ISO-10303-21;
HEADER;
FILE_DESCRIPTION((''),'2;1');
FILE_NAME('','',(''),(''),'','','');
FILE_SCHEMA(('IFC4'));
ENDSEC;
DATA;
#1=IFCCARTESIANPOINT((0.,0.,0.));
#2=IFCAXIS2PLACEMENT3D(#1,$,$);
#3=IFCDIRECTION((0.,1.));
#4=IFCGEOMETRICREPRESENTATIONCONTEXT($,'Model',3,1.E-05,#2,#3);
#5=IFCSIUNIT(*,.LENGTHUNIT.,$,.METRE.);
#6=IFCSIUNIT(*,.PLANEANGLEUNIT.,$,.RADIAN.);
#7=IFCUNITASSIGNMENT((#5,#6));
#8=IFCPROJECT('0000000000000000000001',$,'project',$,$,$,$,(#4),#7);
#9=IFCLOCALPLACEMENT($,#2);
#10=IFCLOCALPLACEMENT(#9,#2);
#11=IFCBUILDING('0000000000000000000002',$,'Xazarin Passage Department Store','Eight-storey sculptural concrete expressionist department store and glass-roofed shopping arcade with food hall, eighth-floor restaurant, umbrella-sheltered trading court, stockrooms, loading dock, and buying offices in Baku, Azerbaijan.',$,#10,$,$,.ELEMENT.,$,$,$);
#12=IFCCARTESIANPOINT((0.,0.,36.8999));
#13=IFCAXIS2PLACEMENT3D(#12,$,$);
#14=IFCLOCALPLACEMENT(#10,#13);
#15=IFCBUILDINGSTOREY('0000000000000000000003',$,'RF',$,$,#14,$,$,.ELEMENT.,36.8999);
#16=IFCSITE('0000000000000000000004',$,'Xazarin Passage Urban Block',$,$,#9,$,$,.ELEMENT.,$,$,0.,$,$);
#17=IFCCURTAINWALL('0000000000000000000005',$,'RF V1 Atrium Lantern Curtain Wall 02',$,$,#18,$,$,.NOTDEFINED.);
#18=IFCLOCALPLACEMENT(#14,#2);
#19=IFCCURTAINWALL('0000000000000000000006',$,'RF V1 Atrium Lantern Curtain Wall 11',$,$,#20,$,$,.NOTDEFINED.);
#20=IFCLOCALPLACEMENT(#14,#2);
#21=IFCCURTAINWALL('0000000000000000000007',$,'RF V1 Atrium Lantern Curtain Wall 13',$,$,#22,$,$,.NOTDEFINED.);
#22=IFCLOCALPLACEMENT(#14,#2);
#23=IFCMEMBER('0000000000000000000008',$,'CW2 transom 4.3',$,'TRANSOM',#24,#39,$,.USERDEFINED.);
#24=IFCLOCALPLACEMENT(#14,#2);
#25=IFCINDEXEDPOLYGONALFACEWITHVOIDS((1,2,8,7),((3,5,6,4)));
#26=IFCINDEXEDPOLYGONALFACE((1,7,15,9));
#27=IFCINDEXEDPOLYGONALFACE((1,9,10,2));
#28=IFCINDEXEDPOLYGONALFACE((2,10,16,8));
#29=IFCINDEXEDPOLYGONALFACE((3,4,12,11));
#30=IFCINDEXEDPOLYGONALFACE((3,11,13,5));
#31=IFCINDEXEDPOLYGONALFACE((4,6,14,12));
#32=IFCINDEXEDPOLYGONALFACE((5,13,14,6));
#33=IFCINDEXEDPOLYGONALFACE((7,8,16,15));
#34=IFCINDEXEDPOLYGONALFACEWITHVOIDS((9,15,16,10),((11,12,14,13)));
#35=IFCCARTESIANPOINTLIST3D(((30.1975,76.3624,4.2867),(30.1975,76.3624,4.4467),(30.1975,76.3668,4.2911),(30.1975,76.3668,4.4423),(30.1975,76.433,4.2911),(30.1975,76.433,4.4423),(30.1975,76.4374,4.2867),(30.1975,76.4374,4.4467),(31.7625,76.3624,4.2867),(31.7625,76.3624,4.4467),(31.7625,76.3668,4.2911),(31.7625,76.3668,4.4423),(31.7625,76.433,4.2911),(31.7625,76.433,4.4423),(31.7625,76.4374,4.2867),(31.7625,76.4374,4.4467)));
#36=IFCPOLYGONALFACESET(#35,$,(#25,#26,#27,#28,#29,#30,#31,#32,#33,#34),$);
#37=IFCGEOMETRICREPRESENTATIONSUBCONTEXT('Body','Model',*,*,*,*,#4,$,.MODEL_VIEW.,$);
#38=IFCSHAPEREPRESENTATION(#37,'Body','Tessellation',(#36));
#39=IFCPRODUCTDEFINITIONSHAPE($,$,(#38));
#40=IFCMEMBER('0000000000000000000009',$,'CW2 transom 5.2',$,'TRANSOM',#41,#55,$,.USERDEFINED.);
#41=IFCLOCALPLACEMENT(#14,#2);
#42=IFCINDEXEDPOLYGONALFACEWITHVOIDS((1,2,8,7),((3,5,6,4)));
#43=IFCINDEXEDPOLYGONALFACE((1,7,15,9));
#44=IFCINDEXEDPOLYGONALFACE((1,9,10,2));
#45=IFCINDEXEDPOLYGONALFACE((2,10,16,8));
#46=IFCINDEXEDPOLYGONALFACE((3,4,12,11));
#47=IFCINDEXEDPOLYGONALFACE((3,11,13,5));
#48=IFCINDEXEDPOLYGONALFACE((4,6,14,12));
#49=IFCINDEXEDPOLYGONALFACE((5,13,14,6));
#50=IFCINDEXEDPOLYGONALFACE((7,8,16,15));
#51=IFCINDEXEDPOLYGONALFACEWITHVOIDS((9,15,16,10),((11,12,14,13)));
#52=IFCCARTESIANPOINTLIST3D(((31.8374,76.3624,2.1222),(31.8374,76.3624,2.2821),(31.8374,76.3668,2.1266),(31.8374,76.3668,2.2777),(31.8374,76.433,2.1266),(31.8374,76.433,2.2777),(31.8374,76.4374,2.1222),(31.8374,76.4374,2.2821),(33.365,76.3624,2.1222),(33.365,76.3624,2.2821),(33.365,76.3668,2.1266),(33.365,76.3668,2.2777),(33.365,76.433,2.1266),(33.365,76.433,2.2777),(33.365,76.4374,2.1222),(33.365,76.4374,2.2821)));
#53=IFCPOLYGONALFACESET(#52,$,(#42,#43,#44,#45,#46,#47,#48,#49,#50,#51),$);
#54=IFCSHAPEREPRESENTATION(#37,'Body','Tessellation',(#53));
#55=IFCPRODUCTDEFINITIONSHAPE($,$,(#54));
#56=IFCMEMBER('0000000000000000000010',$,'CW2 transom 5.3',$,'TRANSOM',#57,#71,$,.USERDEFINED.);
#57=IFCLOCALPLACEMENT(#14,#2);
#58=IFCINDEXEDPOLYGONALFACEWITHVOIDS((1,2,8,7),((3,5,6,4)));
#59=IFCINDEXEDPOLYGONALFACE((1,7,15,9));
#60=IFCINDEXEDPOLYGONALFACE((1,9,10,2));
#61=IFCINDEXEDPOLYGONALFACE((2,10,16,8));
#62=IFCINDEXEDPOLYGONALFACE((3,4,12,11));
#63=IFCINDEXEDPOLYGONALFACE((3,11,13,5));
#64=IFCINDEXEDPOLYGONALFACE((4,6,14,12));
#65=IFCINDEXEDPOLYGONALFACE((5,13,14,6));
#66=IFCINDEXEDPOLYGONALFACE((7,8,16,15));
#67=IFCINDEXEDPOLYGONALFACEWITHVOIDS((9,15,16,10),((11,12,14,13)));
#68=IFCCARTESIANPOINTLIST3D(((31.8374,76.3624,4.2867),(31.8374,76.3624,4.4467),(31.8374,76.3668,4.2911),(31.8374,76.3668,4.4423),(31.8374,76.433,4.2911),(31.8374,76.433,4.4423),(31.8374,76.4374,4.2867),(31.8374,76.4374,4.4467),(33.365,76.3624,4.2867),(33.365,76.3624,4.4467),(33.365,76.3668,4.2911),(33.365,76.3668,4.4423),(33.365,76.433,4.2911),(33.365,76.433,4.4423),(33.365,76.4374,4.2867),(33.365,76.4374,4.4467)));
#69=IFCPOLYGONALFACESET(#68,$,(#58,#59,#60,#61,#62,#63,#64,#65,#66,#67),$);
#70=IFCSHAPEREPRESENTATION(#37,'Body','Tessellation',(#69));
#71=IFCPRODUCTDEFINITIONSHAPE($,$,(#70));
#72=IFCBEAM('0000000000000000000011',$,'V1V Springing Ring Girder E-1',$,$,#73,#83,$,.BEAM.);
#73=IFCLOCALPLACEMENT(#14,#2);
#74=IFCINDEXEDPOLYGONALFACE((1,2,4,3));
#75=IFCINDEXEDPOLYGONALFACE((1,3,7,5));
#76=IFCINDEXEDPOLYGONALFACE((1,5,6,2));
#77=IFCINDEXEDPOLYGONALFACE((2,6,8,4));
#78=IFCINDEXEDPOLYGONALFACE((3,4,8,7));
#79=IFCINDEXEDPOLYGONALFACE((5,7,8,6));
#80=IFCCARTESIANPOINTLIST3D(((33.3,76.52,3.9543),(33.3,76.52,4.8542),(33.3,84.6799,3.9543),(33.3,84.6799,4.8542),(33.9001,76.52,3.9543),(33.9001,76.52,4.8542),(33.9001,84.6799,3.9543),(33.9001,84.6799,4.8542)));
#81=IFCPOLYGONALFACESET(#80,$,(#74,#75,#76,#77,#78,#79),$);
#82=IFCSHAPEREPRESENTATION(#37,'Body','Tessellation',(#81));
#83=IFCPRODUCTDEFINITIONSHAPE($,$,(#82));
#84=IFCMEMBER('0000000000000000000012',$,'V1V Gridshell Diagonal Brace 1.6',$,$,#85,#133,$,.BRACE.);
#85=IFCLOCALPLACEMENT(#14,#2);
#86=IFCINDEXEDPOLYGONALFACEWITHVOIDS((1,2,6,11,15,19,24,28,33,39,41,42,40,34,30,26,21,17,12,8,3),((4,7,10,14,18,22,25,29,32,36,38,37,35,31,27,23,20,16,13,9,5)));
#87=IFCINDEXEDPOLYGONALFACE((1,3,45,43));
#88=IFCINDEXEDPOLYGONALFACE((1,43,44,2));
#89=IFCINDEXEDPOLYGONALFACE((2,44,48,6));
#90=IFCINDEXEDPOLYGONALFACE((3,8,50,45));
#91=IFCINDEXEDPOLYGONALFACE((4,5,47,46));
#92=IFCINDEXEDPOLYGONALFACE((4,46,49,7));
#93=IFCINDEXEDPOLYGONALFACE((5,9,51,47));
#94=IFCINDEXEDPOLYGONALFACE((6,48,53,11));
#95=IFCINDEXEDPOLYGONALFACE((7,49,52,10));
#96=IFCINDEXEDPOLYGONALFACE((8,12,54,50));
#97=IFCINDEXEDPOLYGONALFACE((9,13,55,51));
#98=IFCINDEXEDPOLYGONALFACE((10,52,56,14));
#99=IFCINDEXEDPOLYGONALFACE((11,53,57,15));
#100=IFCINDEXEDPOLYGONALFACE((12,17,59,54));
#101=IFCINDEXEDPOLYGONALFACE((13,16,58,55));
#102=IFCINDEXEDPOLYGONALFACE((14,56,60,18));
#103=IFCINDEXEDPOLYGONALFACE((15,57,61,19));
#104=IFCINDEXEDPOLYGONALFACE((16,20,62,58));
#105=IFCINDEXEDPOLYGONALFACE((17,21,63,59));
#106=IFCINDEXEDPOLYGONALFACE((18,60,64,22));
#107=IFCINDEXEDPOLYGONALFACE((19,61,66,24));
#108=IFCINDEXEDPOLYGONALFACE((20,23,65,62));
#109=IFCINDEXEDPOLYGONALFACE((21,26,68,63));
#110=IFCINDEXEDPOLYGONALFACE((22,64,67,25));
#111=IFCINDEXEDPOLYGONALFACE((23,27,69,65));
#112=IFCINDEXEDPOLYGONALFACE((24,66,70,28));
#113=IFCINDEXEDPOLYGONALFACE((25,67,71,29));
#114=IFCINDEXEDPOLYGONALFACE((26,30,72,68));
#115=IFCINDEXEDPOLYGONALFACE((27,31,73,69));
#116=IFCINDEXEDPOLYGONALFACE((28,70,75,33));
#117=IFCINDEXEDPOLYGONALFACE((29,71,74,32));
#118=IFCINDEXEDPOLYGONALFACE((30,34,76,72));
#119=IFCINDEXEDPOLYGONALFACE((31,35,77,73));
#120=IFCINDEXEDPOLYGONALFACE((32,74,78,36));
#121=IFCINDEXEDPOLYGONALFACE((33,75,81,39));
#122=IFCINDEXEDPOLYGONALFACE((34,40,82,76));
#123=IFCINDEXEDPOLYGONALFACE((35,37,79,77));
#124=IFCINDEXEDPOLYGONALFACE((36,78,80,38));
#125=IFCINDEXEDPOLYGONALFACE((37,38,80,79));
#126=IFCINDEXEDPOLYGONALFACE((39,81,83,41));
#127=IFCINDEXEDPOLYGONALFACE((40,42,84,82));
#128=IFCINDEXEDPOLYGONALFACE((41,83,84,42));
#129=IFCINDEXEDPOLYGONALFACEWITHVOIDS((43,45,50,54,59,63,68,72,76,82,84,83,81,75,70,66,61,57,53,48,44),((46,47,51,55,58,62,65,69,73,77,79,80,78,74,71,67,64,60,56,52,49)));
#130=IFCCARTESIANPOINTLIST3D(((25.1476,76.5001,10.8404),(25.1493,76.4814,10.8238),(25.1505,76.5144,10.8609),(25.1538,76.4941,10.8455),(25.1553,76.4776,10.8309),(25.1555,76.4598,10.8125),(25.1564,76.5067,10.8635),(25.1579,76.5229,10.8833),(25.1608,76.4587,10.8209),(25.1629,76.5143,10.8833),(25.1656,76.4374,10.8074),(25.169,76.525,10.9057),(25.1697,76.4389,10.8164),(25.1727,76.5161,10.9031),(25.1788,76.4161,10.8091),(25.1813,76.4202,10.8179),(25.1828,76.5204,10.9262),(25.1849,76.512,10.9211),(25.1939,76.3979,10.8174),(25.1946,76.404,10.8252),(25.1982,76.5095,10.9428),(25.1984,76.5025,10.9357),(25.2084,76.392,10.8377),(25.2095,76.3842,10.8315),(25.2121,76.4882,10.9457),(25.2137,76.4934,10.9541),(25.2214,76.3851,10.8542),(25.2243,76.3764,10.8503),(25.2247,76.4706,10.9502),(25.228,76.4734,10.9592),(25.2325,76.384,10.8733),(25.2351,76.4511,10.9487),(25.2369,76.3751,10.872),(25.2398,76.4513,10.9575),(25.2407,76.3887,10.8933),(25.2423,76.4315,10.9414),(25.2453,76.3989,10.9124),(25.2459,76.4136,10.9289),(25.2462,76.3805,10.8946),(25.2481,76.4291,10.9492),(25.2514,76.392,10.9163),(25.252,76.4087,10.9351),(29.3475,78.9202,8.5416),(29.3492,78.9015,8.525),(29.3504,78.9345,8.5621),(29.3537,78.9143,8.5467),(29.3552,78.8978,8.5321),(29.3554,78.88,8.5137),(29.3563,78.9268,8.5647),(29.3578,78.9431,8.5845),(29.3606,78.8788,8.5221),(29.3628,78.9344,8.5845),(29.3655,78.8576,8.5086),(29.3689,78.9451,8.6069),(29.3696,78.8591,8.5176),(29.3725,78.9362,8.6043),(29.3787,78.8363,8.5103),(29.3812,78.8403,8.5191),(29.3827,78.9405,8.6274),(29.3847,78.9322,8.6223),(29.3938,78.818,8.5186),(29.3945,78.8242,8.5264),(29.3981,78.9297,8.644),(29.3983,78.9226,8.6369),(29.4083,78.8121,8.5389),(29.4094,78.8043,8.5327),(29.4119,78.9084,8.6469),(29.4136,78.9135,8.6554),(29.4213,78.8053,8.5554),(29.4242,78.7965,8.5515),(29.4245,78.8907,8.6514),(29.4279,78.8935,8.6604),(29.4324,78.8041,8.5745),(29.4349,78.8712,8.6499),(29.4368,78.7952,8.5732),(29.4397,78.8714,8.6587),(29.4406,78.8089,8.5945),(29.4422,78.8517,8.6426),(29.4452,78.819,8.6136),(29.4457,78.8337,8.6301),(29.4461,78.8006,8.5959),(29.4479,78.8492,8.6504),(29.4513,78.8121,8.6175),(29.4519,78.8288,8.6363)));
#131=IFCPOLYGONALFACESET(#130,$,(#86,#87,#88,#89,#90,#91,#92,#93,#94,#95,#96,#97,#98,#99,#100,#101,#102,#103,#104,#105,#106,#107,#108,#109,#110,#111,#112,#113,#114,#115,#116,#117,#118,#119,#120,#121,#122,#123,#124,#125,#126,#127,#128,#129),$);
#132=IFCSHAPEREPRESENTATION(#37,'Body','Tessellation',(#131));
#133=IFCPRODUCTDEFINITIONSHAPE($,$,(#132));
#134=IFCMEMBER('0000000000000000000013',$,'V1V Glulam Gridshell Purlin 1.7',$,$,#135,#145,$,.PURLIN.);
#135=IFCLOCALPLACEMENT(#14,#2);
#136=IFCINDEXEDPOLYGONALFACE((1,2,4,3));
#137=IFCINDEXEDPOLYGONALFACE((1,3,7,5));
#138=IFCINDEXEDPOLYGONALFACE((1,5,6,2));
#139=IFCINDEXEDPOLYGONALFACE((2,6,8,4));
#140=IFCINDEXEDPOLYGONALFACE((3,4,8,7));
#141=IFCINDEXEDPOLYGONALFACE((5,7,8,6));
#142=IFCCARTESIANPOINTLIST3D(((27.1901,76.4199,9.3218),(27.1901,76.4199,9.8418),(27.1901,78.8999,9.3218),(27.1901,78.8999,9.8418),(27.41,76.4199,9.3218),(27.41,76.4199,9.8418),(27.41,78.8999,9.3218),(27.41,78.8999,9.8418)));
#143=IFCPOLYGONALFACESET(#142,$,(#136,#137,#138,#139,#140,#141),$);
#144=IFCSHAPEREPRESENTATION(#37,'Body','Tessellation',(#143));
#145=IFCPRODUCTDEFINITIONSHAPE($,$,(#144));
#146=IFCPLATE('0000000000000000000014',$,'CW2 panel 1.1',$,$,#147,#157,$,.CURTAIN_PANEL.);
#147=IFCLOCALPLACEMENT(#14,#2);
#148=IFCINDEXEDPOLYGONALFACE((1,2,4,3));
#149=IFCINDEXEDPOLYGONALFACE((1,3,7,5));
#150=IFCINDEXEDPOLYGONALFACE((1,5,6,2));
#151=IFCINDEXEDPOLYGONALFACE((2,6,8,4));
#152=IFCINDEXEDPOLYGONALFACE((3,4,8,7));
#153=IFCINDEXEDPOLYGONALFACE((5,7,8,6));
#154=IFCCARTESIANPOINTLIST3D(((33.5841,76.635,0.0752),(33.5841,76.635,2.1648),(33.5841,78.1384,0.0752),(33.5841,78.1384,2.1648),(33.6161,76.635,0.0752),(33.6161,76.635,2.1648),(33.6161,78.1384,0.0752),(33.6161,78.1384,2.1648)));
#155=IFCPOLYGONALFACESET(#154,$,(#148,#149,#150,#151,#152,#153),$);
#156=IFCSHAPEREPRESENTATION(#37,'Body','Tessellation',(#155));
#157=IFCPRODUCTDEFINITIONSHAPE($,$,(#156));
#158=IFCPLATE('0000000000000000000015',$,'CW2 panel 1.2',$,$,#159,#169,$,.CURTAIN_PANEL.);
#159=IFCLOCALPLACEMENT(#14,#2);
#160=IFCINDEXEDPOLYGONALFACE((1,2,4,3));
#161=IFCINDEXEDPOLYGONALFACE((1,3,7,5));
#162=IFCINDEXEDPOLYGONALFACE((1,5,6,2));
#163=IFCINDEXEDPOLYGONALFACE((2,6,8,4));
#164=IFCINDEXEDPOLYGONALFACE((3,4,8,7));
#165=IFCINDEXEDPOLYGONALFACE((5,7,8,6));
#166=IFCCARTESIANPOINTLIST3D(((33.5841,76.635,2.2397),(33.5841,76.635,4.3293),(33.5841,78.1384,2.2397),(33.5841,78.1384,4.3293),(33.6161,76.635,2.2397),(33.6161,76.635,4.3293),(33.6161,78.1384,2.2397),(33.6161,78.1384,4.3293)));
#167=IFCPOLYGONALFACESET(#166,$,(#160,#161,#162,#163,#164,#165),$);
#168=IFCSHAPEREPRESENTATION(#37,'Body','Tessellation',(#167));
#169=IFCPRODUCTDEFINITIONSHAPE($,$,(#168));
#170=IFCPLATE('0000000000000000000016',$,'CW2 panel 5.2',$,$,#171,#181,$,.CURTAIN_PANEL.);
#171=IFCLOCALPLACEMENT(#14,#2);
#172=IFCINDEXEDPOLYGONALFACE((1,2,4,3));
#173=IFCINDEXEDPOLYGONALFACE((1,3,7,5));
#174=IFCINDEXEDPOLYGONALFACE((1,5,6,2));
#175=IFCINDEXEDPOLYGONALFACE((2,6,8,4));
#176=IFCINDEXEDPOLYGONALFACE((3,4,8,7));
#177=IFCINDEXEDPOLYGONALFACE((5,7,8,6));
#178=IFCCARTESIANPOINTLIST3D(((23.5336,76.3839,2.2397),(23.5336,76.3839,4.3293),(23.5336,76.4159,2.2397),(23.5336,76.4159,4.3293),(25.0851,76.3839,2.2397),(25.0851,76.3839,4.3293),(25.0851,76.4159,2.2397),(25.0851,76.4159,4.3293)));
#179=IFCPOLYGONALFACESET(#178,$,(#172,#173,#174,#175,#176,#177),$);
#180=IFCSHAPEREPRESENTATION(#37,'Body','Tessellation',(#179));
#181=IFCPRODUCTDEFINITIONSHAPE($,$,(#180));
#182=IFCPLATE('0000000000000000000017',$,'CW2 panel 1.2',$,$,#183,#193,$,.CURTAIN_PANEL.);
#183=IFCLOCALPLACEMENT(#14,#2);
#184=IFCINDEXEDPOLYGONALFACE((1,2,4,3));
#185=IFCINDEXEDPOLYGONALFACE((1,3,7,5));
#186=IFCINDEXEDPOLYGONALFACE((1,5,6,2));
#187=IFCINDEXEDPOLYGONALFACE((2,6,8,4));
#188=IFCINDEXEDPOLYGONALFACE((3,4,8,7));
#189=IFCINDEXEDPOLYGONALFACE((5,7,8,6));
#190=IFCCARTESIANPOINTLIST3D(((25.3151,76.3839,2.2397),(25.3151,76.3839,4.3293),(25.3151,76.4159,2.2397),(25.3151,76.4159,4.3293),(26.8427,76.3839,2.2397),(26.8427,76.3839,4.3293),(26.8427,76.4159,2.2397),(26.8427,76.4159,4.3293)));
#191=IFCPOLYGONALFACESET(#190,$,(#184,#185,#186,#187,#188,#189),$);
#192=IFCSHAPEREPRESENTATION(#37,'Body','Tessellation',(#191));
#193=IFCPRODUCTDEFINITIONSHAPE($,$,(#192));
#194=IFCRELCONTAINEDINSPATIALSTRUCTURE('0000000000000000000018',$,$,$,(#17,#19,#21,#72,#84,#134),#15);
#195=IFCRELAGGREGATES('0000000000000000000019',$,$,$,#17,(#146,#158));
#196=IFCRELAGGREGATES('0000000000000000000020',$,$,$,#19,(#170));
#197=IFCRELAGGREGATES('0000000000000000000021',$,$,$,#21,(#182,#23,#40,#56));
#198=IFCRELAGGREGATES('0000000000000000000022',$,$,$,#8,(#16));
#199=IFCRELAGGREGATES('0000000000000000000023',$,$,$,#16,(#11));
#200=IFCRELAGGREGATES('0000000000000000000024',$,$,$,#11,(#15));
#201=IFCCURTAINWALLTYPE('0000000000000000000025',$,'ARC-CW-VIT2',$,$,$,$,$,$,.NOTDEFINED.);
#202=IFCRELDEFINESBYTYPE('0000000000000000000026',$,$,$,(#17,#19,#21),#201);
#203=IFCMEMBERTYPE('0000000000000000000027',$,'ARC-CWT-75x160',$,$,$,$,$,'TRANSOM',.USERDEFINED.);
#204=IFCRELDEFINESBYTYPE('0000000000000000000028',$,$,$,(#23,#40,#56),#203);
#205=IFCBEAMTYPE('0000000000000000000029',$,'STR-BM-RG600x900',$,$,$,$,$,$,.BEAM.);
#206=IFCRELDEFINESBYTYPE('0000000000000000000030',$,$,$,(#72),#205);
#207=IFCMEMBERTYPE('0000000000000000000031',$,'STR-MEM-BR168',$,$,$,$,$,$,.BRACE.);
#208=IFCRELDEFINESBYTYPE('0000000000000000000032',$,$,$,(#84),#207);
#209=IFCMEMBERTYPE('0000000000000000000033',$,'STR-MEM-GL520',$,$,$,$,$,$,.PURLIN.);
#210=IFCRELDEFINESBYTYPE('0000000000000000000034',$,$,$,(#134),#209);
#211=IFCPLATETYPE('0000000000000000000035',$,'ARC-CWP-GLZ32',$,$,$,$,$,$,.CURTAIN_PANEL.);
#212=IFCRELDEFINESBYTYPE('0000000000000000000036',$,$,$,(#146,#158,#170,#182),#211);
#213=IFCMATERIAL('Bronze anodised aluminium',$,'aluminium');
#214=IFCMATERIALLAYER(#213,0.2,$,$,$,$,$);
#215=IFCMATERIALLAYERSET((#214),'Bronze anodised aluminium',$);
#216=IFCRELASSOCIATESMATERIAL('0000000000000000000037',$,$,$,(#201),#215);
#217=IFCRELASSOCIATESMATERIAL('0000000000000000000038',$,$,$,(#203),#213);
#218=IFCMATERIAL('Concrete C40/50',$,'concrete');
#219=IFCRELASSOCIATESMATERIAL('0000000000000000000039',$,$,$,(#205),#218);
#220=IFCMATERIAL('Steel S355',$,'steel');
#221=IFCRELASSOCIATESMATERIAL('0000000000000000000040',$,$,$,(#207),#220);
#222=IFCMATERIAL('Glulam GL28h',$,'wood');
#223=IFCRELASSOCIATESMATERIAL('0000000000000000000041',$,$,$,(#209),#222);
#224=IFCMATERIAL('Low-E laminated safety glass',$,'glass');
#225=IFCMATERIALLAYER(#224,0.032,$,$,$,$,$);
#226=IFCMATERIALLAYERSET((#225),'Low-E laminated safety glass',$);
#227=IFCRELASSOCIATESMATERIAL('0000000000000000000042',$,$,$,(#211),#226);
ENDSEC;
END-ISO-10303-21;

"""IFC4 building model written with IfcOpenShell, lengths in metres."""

from ifc_helpers import new_model, si_unit, direction, frame, origin, origin_2d, place, context, subcontext, project, spatial, rectangle, hollow_rectangle, hollow_circle, extrude, material, layer, layer_set, material_profile, profile_set, type_object, element, aggregate, save


model = new_model("IFC4")

# Units and contexts
model_context = context("Model", 3, precision=1e-05, world=origin(), true_north=direction((0.0, 1.0)))
body_context = subcontext(model_context, "Body", "Model", "MODEL_VIEW")
ifc_project = project(units=[si_unit("LENGTHUNIT", "METRE"), si_unit("PLANEANGLEUNIT", "RADIAN")], contexts=[model_context])

# Site, building, storey
site_placement = place(None, origin())
site = spatial("IfcSite", under=ifc_project, at=site_placement, Name="Xazarin Passage Urban Block", CompositionType="ELEMENT", RefElevation=0.0)
building_placement = place(site_placement, origin())
building = spatial("IfcBuilding", under=site, at=building_placement, Name="Xazarin Passage Department Store", Description="Eight-storey sculptural concrete expressionist department store and glass-roofed shopping arcade with food hall, eighth-floor restaurant, umbrella-sheltered trading court, stockrooms, loading dock, and buying offices in Baku, Azerbaijan.", CompositionType="ELEMENT")
storey_placement = place(building_placement, frame((0.0, 0.0, 36.8999)))
storey = spatial("IfcBuildingStorey", under=building, at=storey_placement, Name="RF", CompositionType="ELEMENT", Elevation=36.8999)

# Curtain walls, members
ifc_material_1 = material(Name="Bronze anodised aluminium", Category="aluminium")
ifc_layer_1 = layer(ifc_material_1, 0.2)
ifc_layer_set_1 = layer_set([ifc_layer_1], Name="Bronze anodised aluminium")
curtain_wall_type = type_object("IfcCurtainWallType", Name="ARC-CW-VIT2", PredefinedType="NOTDEFINED", material=ifc_layer_set_1)
curtain_wall_1_placement = place(storey_placement, origin())
curtain_wall_1 = element("IfcCurtainWall", 1, at=curtain_wall_1_placement, inside=storey, type_object=curtain_wall_type, Name="RF V1 Atrium Lantern Curtain Wall 02", PredefinedType="NOTDEFINED")
ifc_material_profile_1 = material_profile(ifc_material_1, hollow_rectangle(XDim=0.075, YDim=0.1599, WallThickness=0.0044, at=origin_2d()), Name="ALU 75x160")
ifc_profile_set_1 = profile_set([ifc_material_profile_1], Name="Bronze anodised aluminium")
member_type_1 = type_object("IfcMemberType", Name="ARC-CWT-75x160", ElementType="TRANSOM", PredefinedType="USERDEFINED", material=ifc_profile_set_1)
curtain_wall_2_placement = place(storey_placement, origin())
curtain_wall_2 = element("IfcCurtainWall", 2, at=curtain_wall_2_placement, inside=storey, type_object=curtain_wall_type, Name="RF V1 Atrium Lantern Curtain Wall 11", PredefinedType="NOTDEFINED")
curtain_wall_3_placement = place(storey_placement, origin())
curtain_wall_3 = element("IfcCurtainWall", 3, at=curtain_wall_3_placement, inside=storey, type_object=curtain_wall_type, Name="RF V1 Atrium Lantern Curtain Wall 13", PredefinedType="NOTDEFINED")
member_1_placement = place(storey_placement, frame((30.1975, 76.3999, 4.3667), z_axis=(1.0, 0.0, 0.0), x_axis=(0.0, 1.0, 0.0)))
member_1 = element("IfcMember", 4, at=member_1_placement, type_object=member_type_1, Name="CW2 transom 4.3", ObjectType="TRANSOM", PredefinedType="USERDEFINED", context=body_context, shape_type="SweptSolid", body=[
    extrude(hollow_rectangle(XDim=0.075, YDim=0.1599, WallThickness=0.0044, at=origin_2d()), origin(), (0.0, 0.0, 1.0), 1.5649),
])
member_2_placement = place(storey_placement, frame((31.8374, 76.3999, 2.2021), z_axis=(1.0, 0.0, 0.0), x_axis=(0.0, 1.0, 0.0)))
member_2 = element("IfcMember", 5, at=member_2_placement, type_object=member_type_1, Name="CW2 transom 5.2", ObjectType="TRANSOM", PredefinedType="USERDEFINED", context=body_context, shape_type="SweptSolid", body=[
    extrude(hollow_rectangle(XDim=0.075, YDim=0.1599, WallThickness=0.0044, at=origin_2d()), origin(), (0.0, 0.0, 1.0), 1.5276),
])
member_3_placement = place(storey_placement, frame((31.8374, 76.3999, 4.3667), z_axis=(1.0, 0.0, 0.0), x_axis=(0.0, 1.0, 0.0)))
member_3 = element("IfcMember", 6, at=member_3_placement, type_object=member_type_1, Name="CW2 transom 5.3", ObjectType="TRANSOM", PredefinedType="USERDEFINED", context=body_context, shape_type="SweptSolid", body=[
    extrude(hollow_rectangle(XDim=0.075, YDim=0.1599, WallThickness=0.0044, at=origin_2d()), origin(), (0.0, 0.0, 1.0), 1.5276),
])

# Beam
ifc_material_2 = material(Name="Concrete C40/50", Category="concrete")
ifc_material_profile_2 = material_profile(ifc_material_2, rectangle(XDim=0.6001, YDim=0.8999, at=origin_2d()), Name="RC 600x900")
ifc_profile_set_2 = profile_set([ifc_material_profile_2], Name="Concrete C40/50")
beam_type = type_object("IfcBeamType", Name="STR-BM-RG600x900", PredefinedType="BEAM", material=ifc_profile_set_2)
beam_placement = place(storey_placement, frame((33.6001, 76.52, 4.4043), z_axis=(0.0, 1.0, 0.0), x_axis=(-1.0, 0.0, 0.0)))
element("IfcBeam", 7, at=beam_placement, inside=storey, type_object=beam_type, Name="V1V Springing Ring Girder E-1", PredefinedType="BEAM", context=body_context, shape_type="SweptSolid", body=[
    extrude(rectangle(XDim=0.6001, YDim=0.8999, at=origin_2d()), origin(), (0.0, 0.0, 1.0), 8.1599),
])

# Members
ifc_material_3 = material(Name="Steel S355", Category="steel")
ifc_material_profile_3 = material_profile(ifc_material_3, hollow_circle(Radius=0.0842, WallThickness=0.01, at=origin_2d()), Name="CHS 168.3x10")
ifc_profile_set_3 = profile_set([ifc_material_profile_3], Name="Steel S355")
member_type_2 = type_object("IfcMemberType", Name="STR-MEM-BR168", PredefinedType="BRACE", material=ifc_profile_set_3)
member_4_placement = place(storey_placement, frame((25.2, 76.45, 10.8833), z_axis=(0.782867, 0.451117, -0.4285), x_axis=(-0.499276, 0.866443, 0.0)))
element("IfcMember", 8, at=member_4_placement, inside=storey, type_object=member_type_2, Name="V1V Gridshell Diagonal Brace 1.6", PredefinedType="BRACE", context=body_context, shape_type="SweptSolid", body=[
    extrude(hollow_circle(Radius=0.0842, WallThickness=0.01, at=origin_2d()), origin(), (0.0, 0.0, 1.0), 5.3647),
])
ifc_material_4 = material(Name="Glulam GL28h", Category="wood")
ifc_material_profile_4 = material_profile(ifc_material_4, rectangle(XDim=0.22, YDim=0.52, at=origin_2d()), Name="GL28h 220x520")
ifc_profile_set_4 = profile_set([ifc_material_profile_4], Name="Glulam GL28h")
member_type_3 = type_object("IfcMemberType", Name="STR-MEM-GL520", PredefinedType="PURLIN", material=ifc_profile_set_4)
member_5_placement = place(storey_placement, frame((27.3, 76.4199, 9.5818), z_axis=(0.0, 1.0, 0.0), x_axis=(-1.0, 0.0, 0.0)))
element("IfcMember", 9, at=member_5_placement, inside=storey, type_object=member_type_3, Name="V1V Glulam Gridshell Purlin 1.7", PredefinedType="PURLIN", context=body_context, shape_type="SweptSolid", body=[
    extrude(rectangle(XDim=0.22, YDim=0.52, at=origin_2d()), origin(), (0.0, 0.0, 1.0), 2.48),
])

# Plates
ifc_material_5 = material(Name="Low-E laminated safety glass", Category="glass")
ifc_layer_2 = layer(ifc_material_5, 0.032)
ifc_layer_set_2 = layer_set([ifc_layer_2], Name="Low-E laminated safety glass")
plate_type = type_object("IfcPlateType", Name="ARC-CWP-GLZ32", PredefinedType="CURTAIN_PANEL", material=ifc_layer_set_2)
plate_1_placement = place(storey_placement, frame((33.6001, 77.3867, 0.0752), z_axis=(0.0, 0.0, 1.0), x_axis=(0.0, 1.0, 0.0)))
plate_1 = element("IfcPlate", 10, at=plate_1_placement, type_object=plate_type, Name="CW2 panel 1.1", PredefinedType="CURTAIN_PANEL", context=body_context, shape_type="SweptSolid", body=[
    extrude(rectangle(XDim=1.5034, YDim=0.032, at=origin_2d()), origin(), (0.0, 0.0, 1.0), 2.0896),
])
plate_2_placement = place(storey_placement, frame((33.6001, 77.3867, 2.2397), z_axis=(0.0, 0.0, 1.0), x_axis=(0.0, 1.0, 0.0)))
plate_2 = element("IfcPlate", 11, at=plate_2_placement, type_object=plate_type, Name="CW2 panel 1.2", PredefinedType="CURTAIN_PANEL", context=body_context, shape_type="SweptSolid", body=[
    extrude(rectangle(XDim=1.5034, YDim=0.032, at=origin_2d()), origin(), (0.0, 0.0, 1.0), 2.0896),
])
aggregate(curtain_wall_1, [plate_1, plate_2])
plate_3_placement = place(storey_placement, frame((24.3093, 76.3999, 2.2397), z_axis=(0.0, 0.0, 1.0), x_axis=(1.0, 0.0, 0.0)))
plate_3 = element("IfcPlate", 12, at=plate_3_placement, type_object=plate_type, Name="CW2 panel 5.2", PredefinedType="CURTAIN_PANEL", context=body_context, shape_type="SweptSolid", body=[
    extrude(rectangle(XDim=1.5515, YDim=0.032, at=origin_2d()), origin(), (0.0, 0.0, 1.0), 2.0896),
])
aggregate(curtain_wall_2, [plate_3])
plate_4_placement = place(storey_placement, frame((26.0789, 76.3999, 2.2397), z_axis=(0.0, 0.0, 1.0), x_axis=(1.0, 0.0, 0.0)))
plate_4 = element("IfcPlate", 13, at=plate_4_placement, type_object=plate_type, Name="CW2 panel 1.2", PredefinedType="CURTAIN_PANEL", context=body_context, shape_type="SweptSolid", body=[
    extrude(rectangle(XDim=1.5276, YDim=0.032, at=origin_2d()), origin(), (0.0, 0.0, 1.0), 2.0896),
])
aggregate(curtain_wall_3, [plate_4, member_1, member_2, member_3])

save(model, "model.ifc")
